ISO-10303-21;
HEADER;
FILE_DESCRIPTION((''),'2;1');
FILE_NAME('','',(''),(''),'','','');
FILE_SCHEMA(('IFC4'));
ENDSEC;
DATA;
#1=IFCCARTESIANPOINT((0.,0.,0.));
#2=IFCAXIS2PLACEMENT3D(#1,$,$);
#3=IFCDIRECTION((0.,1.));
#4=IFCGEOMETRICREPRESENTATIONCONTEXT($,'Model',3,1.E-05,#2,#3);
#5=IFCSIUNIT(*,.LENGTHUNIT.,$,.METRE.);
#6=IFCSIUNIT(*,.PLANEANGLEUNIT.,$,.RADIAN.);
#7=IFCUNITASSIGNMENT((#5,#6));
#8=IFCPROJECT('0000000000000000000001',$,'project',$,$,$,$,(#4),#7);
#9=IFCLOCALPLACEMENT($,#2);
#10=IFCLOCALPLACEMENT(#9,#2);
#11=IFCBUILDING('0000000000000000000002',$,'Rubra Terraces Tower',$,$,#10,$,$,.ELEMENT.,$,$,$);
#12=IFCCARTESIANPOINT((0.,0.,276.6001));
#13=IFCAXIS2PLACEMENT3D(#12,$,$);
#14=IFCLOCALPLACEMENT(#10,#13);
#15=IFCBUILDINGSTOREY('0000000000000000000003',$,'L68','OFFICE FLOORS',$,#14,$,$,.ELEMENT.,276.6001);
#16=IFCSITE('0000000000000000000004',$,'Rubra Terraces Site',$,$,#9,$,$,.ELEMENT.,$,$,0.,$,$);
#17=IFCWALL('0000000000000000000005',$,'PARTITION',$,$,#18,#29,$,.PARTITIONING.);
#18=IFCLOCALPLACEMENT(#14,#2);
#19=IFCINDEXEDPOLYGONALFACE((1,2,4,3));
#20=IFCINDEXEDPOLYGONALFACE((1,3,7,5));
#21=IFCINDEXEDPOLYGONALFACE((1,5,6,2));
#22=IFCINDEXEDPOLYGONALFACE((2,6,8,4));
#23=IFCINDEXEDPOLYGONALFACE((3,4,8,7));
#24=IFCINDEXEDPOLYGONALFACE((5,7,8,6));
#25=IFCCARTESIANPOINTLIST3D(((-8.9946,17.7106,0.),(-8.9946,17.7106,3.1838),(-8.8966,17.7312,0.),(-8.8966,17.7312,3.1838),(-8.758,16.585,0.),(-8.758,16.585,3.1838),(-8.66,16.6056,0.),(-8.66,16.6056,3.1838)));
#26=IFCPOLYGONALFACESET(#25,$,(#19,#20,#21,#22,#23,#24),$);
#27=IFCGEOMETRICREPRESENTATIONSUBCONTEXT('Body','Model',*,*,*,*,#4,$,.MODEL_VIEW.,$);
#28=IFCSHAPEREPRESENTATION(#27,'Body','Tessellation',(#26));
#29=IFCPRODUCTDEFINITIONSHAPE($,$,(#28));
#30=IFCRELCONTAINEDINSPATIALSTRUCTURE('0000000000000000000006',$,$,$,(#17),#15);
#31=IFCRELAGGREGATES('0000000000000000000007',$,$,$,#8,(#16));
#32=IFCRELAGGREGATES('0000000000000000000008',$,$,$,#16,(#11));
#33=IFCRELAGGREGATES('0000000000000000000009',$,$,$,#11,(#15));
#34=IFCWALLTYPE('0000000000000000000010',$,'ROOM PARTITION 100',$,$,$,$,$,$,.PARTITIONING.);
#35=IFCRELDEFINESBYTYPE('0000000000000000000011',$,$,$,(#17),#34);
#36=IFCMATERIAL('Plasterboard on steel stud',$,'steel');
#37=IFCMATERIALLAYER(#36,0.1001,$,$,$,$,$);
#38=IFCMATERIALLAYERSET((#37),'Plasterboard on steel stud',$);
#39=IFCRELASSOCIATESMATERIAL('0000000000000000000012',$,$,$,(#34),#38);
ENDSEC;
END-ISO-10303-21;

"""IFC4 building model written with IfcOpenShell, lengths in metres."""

from ifc_helpers import new_model, si_unit, direction, frame, frame_2d, origin, place, context, subcontext, project, spatial, rectangle, extrude, material, layer, layer_set, type_object, element, save


model = new_model("IFC4")

# Units and contexts
model_context = context("Model", 3, precision=1e-05, world=origin(), true_north=direction((0.0, 1.0)))
body_context = subcontext(model_context, "Body", "Model", "MODEL_VIEW")
ifc_project = project(units=[si_unit("LENGTHUNIT", "METRE"), si_unit("PLANEANGLEUNIT", "RADIAN")], contexts=[model_context])

# Site, building, storey
site_placement = place(None, origin())
site = spatial("IfcSite", under=ifc_project, at=site_placement, Name="Rubra Terraces Site", CompositionType="ELEMENT", RefElevation=0.0)
building_placement = place(site_placement, origin())
building = spatial("IfcBuilding", under=site, at=building_placement, Name="Rubra Terraces Tower", CompositionType="ELEMENT")
storey_placement = place(building_placement, frame((0.0, 0.0, 276.6001)))
storey = spatial("IfcBuildingStorey", under=building, at=storey_placement, Name="L68", Description="OFFICE FLOORS", CompositionType="ELEMENT", Elevation=276.6001)

# Wall
ifc_material_1 = material(Name="Plasterboard on steel stud", Category="steel")
ifc_layer_1 = layer(ifc_material_1, 0.1001)
ifc_layer_set_1 = layer_set([ifc_layer_1], Name="Plasterboard on steel stud")
wall_type_1 = type_object("IfcWallType", Name="ROOM PARTITION 100", PredefinedType="PARTITIONING", material=ifc_layer_set_1)
wall_1_placement = place(storey_placement, frame((-8.709, 16.5952, 0.0), z_axis=(0.0, 0.0, 1.0), x_axis=(-0.2057, 0.978615, 0.0)))
element("IfcWall", 1, at=wall_1_placement, inside=storey, type_object=wall_type_1, Name="PARTITION", PredefinedType="PARTITIONING", context=body_context, shape_type="SweptSolid", body=[
    extrude(rectangle(XDim=1.1501, YDim=0.1001, at=frame_2d((0.5752, 0.0))), origin(), (0.0, 0.0, 1.0), 3.1838),
])

save(model, "model.ifc")
